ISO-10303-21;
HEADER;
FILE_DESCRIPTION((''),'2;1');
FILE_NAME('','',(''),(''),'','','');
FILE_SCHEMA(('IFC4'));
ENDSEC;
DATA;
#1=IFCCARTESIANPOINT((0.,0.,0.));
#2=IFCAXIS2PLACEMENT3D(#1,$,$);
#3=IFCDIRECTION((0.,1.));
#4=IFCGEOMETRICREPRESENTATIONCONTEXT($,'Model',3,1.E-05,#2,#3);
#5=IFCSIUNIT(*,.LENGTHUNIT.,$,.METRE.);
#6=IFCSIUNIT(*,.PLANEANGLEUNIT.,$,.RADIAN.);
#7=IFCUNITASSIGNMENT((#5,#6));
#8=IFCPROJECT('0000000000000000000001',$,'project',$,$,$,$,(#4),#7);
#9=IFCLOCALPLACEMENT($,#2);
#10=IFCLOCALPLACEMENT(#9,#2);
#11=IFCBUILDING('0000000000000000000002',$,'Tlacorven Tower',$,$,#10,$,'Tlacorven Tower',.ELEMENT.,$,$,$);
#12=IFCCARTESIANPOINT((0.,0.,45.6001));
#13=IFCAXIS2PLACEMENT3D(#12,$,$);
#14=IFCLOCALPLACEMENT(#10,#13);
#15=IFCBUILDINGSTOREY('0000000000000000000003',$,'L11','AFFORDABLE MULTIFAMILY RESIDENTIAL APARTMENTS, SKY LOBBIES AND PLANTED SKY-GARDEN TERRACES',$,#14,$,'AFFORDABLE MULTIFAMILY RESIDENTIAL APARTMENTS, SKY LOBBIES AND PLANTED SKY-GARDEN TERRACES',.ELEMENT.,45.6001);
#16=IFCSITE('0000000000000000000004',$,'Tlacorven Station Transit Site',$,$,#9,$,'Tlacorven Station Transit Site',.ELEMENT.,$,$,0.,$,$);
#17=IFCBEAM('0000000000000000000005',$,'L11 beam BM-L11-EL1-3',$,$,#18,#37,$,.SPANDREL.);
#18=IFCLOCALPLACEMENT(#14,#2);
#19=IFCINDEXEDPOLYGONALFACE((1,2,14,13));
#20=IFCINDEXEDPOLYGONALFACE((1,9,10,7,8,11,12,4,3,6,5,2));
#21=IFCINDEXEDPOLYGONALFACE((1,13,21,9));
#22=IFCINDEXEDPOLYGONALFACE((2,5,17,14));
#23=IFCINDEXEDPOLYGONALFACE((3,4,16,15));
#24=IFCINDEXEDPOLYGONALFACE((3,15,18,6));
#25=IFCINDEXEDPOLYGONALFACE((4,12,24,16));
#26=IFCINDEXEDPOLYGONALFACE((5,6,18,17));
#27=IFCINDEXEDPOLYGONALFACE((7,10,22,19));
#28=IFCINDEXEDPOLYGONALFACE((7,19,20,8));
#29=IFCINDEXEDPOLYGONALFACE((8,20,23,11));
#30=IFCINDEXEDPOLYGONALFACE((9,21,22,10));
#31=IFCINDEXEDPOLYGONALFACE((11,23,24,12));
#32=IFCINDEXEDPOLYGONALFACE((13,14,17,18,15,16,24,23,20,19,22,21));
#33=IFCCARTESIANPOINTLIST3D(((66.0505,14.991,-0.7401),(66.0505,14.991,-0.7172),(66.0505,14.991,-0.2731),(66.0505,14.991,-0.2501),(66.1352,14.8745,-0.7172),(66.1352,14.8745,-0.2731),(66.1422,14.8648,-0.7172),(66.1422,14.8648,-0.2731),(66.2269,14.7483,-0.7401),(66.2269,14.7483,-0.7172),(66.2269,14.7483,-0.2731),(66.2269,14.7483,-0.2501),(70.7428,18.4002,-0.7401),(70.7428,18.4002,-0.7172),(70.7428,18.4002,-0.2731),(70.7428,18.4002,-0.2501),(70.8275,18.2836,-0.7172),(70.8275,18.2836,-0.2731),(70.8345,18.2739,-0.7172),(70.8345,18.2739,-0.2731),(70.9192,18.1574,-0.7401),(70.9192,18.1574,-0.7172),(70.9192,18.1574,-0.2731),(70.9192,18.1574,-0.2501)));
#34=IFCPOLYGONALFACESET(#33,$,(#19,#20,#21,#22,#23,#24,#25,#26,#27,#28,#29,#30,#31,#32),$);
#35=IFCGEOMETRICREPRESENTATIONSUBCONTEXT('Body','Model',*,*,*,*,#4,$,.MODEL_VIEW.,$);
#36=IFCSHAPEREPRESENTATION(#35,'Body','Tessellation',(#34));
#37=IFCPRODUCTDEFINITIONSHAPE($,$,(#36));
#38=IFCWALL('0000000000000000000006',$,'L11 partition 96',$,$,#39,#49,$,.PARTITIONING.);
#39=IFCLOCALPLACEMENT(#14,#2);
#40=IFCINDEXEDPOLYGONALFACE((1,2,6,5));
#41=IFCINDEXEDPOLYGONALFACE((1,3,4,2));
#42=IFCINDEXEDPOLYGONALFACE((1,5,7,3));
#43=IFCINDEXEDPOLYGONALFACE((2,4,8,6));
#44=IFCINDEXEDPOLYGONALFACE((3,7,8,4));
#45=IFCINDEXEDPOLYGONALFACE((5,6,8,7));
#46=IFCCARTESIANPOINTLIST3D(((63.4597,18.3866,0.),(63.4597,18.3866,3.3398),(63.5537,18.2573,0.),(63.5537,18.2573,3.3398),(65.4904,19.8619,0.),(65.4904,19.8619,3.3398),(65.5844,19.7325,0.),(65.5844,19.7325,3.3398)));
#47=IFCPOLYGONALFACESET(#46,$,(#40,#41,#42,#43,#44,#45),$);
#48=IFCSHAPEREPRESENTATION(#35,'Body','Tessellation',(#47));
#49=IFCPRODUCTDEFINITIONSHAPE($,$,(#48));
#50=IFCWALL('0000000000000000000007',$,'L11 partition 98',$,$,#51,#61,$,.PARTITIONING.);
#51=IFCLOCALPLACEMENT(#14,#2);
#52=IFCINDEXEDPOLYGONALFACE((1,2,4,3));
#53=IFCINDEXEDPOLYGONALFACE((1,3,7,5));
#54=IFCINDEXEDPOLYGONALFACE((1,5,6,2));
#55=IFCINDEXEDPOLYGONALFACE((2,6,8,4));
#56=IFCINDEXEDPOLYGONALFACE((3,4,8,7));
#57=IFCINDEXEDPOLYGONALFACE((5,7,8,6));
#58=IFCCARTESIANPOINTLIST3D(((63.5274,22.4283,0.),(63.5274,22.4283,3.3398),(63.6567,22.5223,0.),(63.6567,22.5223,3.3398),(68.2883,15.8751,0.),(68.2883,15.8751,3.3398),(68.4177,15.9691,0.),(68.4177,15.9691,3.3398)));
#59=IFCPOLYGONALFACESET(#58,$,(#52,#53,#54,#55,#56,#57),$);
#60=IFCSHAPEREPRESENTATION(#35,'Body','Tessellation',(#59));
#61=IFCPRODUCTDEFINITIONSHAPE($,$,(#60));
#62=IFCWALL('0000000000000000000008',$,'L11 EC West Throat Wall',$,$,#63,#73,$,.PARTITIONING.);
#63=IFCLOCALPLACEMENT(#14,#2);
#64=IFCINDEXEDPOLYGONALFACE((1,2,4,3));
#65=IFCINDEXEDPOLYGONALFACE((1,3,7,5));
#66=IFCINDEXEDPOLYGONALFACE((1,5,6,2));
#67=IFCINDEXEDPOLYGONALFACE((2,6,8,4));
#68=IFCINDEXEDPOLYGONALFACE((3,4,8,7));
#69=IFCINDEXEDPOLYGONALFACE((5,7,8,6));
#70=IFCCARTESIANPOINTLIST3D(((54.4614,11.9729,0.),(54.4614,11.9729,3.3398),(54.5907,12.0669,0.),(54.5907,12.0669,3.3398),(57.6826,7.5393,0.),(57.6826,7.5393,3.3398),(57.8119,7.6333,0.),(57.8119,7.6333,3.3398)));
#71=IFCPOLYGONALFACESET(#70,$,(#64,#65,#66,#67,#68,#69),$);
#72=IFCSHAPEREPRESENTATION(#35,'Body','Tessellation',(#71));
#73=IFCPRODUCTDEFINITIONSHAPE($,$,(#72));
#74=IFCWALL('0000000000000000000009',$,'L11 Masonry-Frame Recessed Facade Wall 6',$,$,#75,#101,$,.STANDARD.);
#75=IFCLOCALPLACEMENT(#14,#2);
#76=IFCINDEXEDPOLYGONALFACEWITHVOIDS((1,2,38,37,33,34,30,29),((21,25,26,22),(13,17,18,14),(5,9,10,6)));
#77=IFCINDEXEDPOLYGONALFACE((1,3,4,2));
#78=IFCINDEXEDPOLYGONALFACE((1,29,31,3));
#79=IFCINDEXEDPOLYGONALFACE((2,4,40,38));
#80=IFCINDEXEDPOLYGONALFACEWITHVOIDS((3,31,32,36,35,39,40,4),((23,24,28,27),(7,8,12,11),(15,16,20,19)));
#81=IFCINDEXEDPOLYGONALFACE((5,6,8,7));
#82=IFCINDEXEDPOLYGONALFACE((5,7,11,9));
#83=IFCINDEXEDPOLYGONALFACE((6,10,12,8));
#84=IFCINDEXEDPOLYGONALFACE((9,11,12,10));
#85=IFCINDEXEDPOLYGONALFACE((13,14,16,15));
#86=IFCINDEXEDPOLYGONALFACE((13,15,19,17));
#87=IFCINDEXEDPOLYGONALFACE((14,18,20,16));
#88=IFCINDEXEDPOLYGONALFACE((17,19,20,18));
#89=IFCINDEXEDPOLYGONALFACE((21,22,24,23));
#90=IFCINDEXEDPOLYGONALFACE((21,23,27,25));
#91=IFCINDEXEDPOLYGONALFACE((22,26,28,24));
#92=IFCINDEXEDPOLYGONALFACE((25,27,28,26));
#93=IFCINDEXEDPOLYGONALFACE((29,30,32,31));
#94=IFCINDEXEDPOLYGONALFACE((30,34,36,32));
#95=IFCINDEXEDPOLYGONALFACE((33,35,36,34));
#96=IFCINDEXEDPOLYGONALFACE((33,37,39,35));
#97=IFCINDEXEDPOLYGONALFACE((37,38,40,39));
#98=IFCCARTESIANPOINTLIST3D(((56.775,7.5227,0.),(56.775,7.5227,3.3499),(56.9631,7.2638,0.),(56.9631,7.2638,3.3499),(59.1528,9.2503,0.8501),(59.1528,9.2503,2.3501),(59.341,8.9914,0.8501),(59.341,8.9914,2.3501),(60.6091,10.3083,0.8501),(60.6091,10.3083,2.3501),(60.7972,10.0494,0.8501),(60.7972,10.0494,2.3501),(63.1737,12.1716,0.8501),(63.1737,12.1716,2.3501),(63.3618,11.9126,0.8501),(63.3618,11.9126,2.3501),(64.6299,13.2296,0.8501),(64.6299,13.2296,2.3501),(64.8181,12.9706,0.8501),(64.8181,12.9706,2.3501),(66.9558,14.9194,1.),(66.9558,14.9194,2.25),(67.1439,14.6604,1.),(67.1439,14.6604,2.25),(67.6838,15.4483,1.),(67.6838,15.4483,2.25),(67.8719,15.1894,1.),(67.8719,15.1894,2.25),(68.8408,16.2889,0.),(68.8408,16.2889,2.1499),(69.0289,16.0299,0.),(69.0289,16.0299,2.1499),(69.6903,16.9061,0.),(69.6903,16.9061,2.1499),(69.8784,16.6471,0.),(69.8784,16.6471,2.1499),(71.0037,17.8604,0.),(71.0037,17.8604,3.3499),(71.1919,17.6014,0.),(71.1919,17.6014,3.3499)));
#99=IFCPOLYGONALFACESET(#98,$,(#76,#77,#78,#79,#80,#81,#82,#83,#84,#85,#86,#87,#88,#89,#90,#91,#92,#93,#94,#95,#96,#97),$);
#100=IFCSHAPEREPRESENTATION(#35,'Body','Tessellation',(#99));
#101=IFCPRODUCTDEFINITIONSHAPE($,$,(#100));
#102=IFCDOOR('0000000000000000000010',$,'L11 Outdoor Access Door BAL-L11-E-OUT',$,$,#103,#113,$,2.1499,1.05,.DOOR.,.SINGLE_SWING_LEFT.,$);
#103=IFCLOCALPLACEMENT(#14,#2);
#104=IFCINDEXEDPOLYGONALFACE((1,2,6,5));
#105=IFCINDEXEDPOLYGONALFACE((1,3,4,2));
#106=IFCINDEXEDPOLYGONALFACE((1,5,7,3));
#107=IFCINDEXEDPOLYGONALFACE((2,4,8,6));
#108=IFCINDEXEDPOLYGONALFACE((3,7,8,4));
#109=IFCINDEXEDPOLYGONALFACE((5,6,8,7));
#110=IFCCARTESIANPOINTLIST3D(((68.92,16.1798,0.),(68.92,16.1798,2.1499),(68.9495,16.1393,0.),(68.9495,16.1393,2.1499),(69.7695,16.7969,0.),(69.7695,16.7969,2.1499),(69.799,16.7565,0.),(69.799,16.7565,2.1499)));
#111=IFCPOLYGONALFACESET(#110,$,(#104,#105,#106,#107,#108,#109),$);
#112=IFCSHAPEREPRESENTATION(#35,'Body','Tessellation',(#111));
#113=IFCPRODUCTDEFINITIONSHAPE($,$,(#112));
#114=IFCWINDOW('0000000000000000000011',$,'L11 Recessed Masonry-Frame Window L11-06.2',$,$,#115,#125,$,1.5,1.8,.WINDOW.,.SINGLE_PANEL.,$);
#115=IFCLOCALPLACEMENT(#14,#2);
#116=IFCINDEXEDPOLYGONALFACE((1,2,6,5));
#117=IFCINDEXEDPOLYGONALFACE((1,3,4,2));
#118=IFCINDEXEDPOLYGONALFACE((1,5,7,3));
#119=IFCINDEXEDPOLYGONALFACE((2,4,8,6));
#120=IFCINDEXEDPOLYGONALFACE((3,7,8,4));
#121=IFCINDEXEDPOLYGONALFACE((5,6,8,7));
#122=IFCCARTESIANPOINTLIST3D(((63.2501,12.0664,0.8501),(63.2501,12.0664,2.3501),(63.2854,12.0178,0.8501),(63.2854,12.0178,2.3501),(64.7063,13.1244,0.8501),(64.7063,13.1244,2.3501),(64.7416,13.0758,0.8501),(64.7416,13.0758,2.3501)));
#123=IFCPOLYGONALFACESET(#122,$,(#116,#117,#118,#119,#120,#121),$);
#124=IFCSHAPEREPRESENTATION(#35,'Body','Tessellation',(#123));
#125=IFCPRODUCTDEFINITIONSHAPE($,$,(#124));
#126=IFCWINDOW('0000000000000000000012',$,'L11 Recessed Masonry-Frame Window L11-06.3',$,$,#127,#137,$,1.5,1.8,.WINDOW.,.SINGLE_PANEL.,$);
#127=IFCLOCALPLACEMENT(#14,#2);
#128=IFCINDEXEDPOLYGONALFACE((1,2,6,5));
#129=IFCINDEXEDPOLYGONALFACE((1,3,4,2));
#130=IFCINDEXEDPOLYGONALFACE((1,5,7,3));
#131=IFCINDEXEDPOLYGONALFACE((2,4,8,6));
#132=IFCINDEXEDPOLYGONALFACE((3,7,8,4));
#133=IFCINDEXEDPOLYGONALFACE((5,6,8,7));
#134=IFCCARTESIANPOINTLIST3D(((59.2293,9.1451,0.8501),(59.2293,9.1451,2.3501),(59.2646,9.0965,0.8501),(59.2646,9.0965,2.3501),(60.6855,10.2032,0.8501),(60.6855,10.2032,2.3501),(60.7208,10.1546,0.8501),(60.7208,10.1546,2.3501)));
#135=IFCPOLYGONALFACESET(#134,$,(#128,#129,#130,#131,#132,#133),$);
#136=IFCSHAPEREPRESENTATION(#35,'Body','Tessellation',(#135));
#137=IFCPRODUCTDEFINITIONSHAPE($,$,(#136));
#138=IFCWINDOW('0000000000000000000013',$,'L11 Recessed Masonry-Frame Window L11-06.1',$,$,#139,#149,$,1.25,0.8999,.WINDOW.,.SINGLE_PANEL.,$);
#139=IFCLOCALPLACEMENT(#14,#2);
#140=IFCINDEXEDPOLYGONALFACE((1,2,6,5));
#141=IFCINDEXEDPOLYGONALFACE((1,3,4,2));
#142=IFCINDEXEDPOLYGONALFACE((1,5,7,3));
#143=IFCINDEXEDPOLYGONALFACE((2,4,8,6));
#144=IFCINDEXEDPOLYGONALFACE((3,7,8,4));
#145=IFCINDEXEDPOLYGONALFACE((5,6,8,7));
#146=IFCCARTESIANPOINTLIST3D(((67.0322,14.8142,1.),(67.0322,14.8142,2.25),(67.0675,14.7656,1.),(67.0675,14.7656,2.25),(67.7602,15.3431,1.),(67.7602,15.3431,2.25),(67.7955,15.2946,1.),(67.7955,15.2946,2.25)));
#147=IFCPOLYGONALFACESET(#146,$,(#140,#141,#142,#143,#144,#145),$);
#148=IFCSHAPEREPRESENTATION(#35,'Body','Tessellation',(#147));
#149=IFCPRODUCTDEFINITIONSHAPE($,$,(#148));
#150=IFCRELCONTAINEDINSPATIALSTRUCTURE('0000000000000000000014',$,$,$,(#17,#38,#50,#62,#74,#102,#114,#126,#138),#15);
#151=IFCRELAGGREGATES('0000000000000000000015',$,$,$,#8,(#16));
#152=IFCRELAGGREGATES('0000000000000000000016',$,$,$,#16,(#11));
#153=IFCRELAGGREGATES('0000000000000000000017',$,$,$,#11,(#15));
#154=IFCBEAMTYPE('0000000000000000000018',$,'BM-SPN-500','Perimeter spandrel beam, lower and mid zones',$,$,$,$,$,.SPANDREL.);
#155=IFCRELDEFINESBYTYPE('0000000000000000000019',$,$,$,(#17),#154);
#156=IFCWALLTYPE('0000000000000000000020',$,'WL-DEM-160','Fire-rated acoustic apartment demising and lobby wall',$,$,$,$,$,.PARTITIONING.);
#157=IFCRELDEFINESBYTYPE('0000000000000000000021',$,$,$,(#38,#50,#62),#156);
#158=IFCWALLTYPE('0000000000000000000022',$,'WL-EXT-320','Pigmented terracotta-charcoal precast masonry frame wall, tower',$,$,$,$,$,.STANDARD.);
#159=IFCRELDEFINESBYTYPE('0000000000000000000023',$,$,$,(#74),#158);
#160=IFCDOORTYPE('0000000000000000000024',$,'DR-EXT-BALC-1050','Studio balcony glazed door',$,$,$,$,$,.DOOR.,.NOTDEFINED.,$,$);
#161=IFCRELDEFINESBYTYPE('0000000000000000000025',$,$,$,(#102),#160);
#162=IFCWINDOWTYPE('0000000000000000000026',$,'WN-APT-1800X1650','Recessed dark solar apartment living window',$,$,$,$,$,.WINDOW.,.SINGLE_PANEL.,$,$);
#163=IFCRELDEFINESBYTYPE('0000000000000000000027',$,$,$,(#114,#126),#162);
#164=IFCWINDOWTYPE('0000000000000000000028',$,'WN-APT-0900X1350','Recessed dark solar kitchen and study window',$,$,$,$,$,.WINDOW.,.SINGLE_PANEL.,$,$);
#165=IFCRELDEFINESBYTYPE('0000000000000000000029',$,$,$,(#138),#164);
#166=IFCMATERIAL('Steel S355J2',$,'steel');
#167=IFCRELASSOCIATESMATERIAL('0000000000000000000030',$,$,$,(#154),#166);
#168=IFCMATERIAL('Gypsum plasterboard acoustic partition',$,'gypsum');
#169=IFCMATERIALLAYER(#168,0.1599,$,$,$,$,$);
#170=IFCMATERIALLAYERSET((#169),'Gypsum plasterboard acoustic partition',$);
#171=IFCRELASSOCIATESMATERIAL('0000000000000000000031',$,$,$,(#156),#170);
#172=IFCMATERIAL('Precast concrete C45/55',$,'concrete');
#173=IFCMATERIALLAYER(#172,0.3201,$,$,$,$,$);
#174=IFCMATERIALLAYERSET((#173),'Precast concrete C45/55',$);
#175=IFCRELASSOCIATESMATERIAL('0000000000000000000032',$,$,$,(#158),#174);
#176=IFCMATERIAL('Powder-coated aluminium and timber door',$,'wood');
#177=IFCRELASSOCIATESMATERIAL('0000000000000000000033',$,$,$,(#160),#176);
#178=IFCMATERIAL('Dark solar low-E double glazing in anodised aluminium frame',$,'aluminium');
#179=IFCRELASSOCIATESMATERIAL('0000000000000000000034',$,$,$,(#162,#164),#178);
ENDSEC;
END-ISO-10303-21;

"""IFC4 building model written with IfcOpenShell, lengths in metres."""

from ifc_helpers import new_model, si_unit, direction, frame, frame_2d, origin, origin_2d, place, context, subcontext, project, spatial, rectangle, i_section, extrude, source, transform, mapped, material, layer, layer_set, material_profile, profile_set, type_object, element, fill, save


model = new_model("IFC4")

# Units and contexts
model_context = context("Model", 3, precision=1e-05, world=origin(), true_north=direction((0.0, 1.0)))
body_context = subcontext(model_context, "Body", "Model", "MODEL_VIEW")
ifc_project = project(units=[si_unit("LENGTHUNIT", "METRE"), si_unit("PLANEANGLEUNIT", "RADIAN")], contexts=[model_context])

# Site, building, storey
site_placement = place(None, origin())
site = spatial("IfcSite", under=ifc_project, at=site_placement, Name="Tlacorven Station Transit Site", LongName="Tlacorven Station Transit Site", CompositionType="ELEMENT", RefElevation=0.0)
building_placement = place(site_placement, origin())
building = spatial("IfcBuilding", under=site, at=building_placement, Name="Tlacorven Tower", LongName="Tlacorven Tower", CompositionType="ELEMENT")
storey_placement = place(building_placement, frame((0.0, 0.0, 45.6001)))
storey = spatial("IfcBuildingStorey", under=building, at=storey_placement, Name="L11", Description="AFFORDABLE MULTIFAMILY RESIDENTIAL APARTMENTS, SKY LOBBIES AND PLANTED SKY-GARDEN TERRACES", LongName="AFFORDABLE MULTIFAMILY RESIDENTIAL APARTMENTS, SKY LOBBIES AND PLANTED SKY-GARDEN TERRACES", CompositionType="ELEMENT", Elevation=45.6001)

# Beam
ifc_material_1 = material(Name="Steel S355J2", Category="steel")
ifc_material_profile_1 = material_profile(ifc_material_1, i_section(OverallWidth=0.3, OverallDepth=0.49, WebThickness=0.012, FlangeThickness=0.0229, at=origin_2d()), Name="HEA 500")
ifc_profile_set_1 = profile_set([ifc_material_profile_1], Name="Steel S355J2")
beam_type_1 = type_object("IfcBeamType", Name="BM-SPN-500", Description="Perimeter spandrel beam, lower and mid zones", PredefinedType="SPANDREL", material=ifc_profile_set_1)
shared_shape_1 = source(origin(), body_context, "Body", "SweptSolid", [
    extrude(i_section(OverallWidth=0.3, OverallDepth=0.49, WebThickness=0.012, FlangeThickness=0.0229, at=origin_2d()), origin(), (0.0, 0.0, 1.0), 5.8),
])
beam_1_placement = place(storey_placement, frame((66.1387, 14.8696, -0.4951), z_axis=(0.80902, 0.587781, 0.0), x_axis=(-0.587781, 0.80902, 0.0)))
element("IfcBeam", 1, at=beam_1_placement, inside=storey, type_object=beam_type_1, Name="L11 beam BM-L11-EL1-3", PredefinedType="SPANDREL", context=body_context, shape_type="MappedRepresentation", body=[
    mapped(shared_shape_1, transform((0.0, 0.0, 0.0), scale=1.0)),
])

# Walls
ifc_material_2 = material(Name="Gypsum plasterboard acoustic partition", Category="gypsum")
ifc_layer_1 = layer(ifc_material_2, 0.1599)
ifc_layer_set_1 = layer_set([ifc_layer_1], Name="Gypsum plasterboard acoustic partition")
wall_type_1 = type_object("IfcWallType", Name="WL-DEM-160", Description="Fire-rated acoustic apartment demising and lobby wall", PredefinedType="PARTITIONING", material=ifc_layer_set_1)
wall_1_placement = place(storey_placement, frame((63.5068, 18.322, 0.0), z_axis=(0.0, 0.0, 1.0), x_axis=(0.809035, 0.587761, 0.0)))
element("IfcWall", 2, at=wall_1_placement, inside=storey, type_object=wall_type_1, Name="L11 partition 96", PredefinedType="PARTITIONING", context=body_context, shape_type="SweptSolid", body=[
    extrude(rectangle(XDim=2.51, YDim=0.1599, at=frame_2d((1.2549, 0.0))), origin(), (0.0, 0.0, 1.0), 3.3398),
])
wall_2_placement = place(storey_placement, frame((68.353, 15.9221, 0.0), z_axis=(0.0, 0.0, 1.0), x_axis=(-0.587768, 0.809029, 0.0)))
element("IfcWall", 3, at=wall_2_placement, inside=storey, type_object=wall_type_1, Name="L11 partition 98", PredefinedType="PARTITIONING", context=body_context, shape_type="SweptSolid", body=[
    extrude(rectangle(XDim=8.1001, YDim=0.1599, at=frame_2d((4.05, 0.0))), origin(), (0.0, 0.0, 1.0), 3.3398),
])
wall_3_placement = place(storey_placement, frame((57.7473, 7.5862, 0.0), z_axis=(0.0, 0.0, 1.0), x_axis=(-0.587785, 0.809017, 0.0)))
element("IfcWall", 4, at=wall_3_placement, inside=storey, type_object=wall_type_1, Name="L11 EC West Throat Wall", PredefinedType="PARTITIONING", context=body_context, shape_type="SweptSolid", body=[
    extrude(rectangle(XDim=5.4802, YDim=0.1599, at=frame_2d((2.7402, 0.0))), origin(), (0.0, 0.0, 1.0), 3.3398),
])

# Wall, openings, door, windows
ifc_material_3 = material(Name="Precast concrete C45/55", Category="concrete")
ifc_layer_2 = layer(ifc_material_3, 0.3201)
ifc_layer_set_2 = layer_set([ifc_layer_2], Name="Precast concrete C45/55")
wall_type_2 = type_object("IfcWallType", Name="WL-EXT-320", Description="Pigmented terracotta-charcoal precast masonry frame wall, tower", PredefinedType="STANDARD", material=ifc_layer_set_2)
wall_4_placement = place(storey_placement, frame((71.0979, 17.731, 0.0), z_axis=(0.0, 0.0, 1.0), x_axis=(-0.809021, -0.58778, 0.0)))
wall_4 = element("IfcWall", 5, at=wall_4_placement, inside=storey, type_object=wall_type_2, Name="L11 Masonry-Frame Recessed Facade Wall 6", PredefinedType="STANDARD", context=body_context, shape_type="SweptSolid", body=[
    extrude(rectangle(XDim=17.5876, YDim=0.3201, at=frame_2d((8.7939, 0.0))), origin(), (0.0, 0.0, 1.0), 3.3499),
])
opening_1_placement = place(wall_4_placement, frame((1.6238, 0.0, 0.0)))
opening_1 = element("IfcOpeningElement", 6, at=opening_1_placement, cuts=wall_4, PredefinedType="OPENING", context=body_context, shape_type="SweptSolid", body=[
    extrude(rectangle(XDim=1.05, YDim=2.1499, at=frame_2d((0.5249, 1.075))), frame((0.0, 0.1699, 0.0), z_axis=(0.0, -1.0, 0.0), x_axis=(1.0, 0.0, 0.0)), (0.0, 0.0, 1.0), 0.3401),
])
opening_2_placement = place(wall_4_placement, frame((4.1038, 0.0, 1.0)))
opening_2 = element("IfcOpeningElement", 7, at=opening_2_placement, cuts=wall_4, PredefinedType="OPENING", context=body_context, shape_type="SweptSolid", body=[
    extrude(rectangle(XDim=0.8999, YDim=1.25, at=frame_2d((0.45, 0.625))), frame((0.0, 0.1699, 0.0), z_axis=(0.0, -1.0, 0.0), x_axis=(1.0, 0.0, 0.0)), (0.0, 0.0, 1.0), 0.3401),
])
opening_3_placement = place(wall_4_placement, frame((7.8787, 0.0, 0.8501)))
opening_3 = element("IfcOpeningElement", 8, at=opening_3_placement, cuts=wall_4, PredefinedType="OPENING", context=body_context, shape_type="SweptSolid", body=[
    extrude(rectangle(XDim=1.8, YDim=1.5, at=frame_2d((0.8999, 0.75))), frame((0.0, 0.1699, 0.0), z_axis=(0.0, -1.0, 0.0), x_axis=(1.0, 0.0, 0.0)), (0.0, 0.0, 1.0), 0.3401),
])
opening_4_placement = place(wall_4_placement, frame((12.8486, 0.0, 0.8501)))
opening_4 = element("IfcOpeningElement", 9, at=opening_4_placement, cuts=wall_4, PredefinedType="OPENING", context=body_context, shape_type="SweptSolid", body=[
    extrude(rectangle(XDim=1.8, YDim=1.5, at=frame_2d((0.8999, 0.75))), frame((0.0, 0.1699, 0.0), z_axis=(0.0, -1.0, 0.0), x_axis=(1.0, 0.0, 0.0)), (0.0, 0.0, 1.0), 0.3401),
])
ifc_material_4 = material(Name="Powder-coated aluminium and timber door", Category="wood")
door_type_1 = type_object("IfcDoorType", Name="DR-EXT-BALC-1050", Description="Studio balcony glazed door", OperationType="NOTDEFINED", PredefinedType="DOOR", material=ifc_material_4)
shared_shape_2 = source(origin(), body_context, "Body", "SweptSolid", [
    extrude(rectangle(XDim=1.05, YDim=2.1499, at=frame_2d((0.5249, 1.075))), frame((0.0, 0.0249, 0.0), z_axis=(0.0, -1.0, 0.0), x_axis=(1.0, 0.0, 0.0)), (0.0, 0.0, 1.0), 0.05),
])
door_1_placement = place(opening_1_placement, origin())
door_1 = element("IfcDoor", 10, at=door_1_placement, inside=storey, type_object=door_type_1, Name="L11 Outdoor Access Door BAL-L11-E-OUT", OperationType="SINGLE_SWING_LEFT", OverallHeight=2.1499, OverallWidth=1.05, PredefinedType="DOOR", context=body_context, shape_type="MappedRepresentation", body=[
    mapped(shared_shape_2, transform((0.0, 0.0, 0.0), scale=1.0)),
])
fill(opening_1, door_1)
ifc_material_5 = material(Name="Dark solar low-E double glazing in anodised aluminium frame", Category="aluminium")
window_type_1 = type_object("IfcWindowType", Name="WN-APT-1800X1650", Description="Recessed dark solar apartment living window", PartitioningType="SINGLE_PANEL", PredefinedType="WINDOW", material=ifc_material_5)
shared_shape_3 = source(origin(), body_context, "Body", "SweptSolid", [
    extrude(rectangle(XDim=1.8, YDim=1.5, at=frame_2d((0.8999, 0.75))), frame((0.0, 0.03, 0.0), z_axis=(0.0, -1.0, 0.0), x_axis=(1.0, 0.0, 0.0)), (0.0, 0.0, 1.0), 0.0601),
])
window_1_placement = place(opening_3_placement, origin())
window_1 = element("IfcWindow", 11, at=window_1_placement, inside=storey, type_object=window_type_1, Name="L11 Recessed Masonry-Frame Window L11-06.2", OverallHeight=1.5, OverallWidth=1.8, PartitioningType="SINGLE_PANEL", PredefinedType="WINDOW", context=body_context, shape_type="MappedRepresentation", body=[
    mapped(shared_shape_3, transform((0.0, 0.0, 0.0), scale=1.0)),
])
fill(opening_3, window_1)
window_2_placement = place(opening_4_placement, origin())
window_2 = element("IfcWindow", 12, at=window_2_placement, inside=storey, type_object=window_type_1, Name="L11 Recessed Masonry-Frame Window L11-06.3", OverallHeight=1.5, OverallWidth=1.8, PartitioningType="SINGLE_PANEL", PredefinedType="WINDOW", context=body_context, shape_type="MappedRepresentation", body=[
    mapped(shared_shape_3, transform((0.0, 0.0, 0.0), scale=1.0)),
])
fill(opening_4, window_2)
window_type_2 = type_object("IfcWindowType", Name="WN-APT-0900X1350", Description="Recessed dark solar kitchen and study window", PartitioningType="SINGLE_PANEL", PredefinedType="WINDOW", material=ifc_material_5)
shared_shape_4 = source(origin(), body_context, "Body", "SweptSolid", [
    extrude(rectangle(XDim=0.8999, YDim=1.25, at=frame_2d((0.45, 0.625))), frame((0.0, 0.03, 0.0), z_axis=(0.0, -1.0, 0.0), x_axis=(1.0, 0.0, 0.0)), (0.0, 0.0, 1.0), 0.0601),
])
window_3_placement = place(opening_2_placement, origin())
window_3 = element("IfcWindow", 13, at=window_3_placement, inside=storey, type_object=window_type_2, Name="L11 Recessed Masonry-Frame Window L11-06.1", OverallHeight=1.25, OverallWidth=0.8999, PartitioningType="SINGLE_PANEL", PredefinedType="WINDOW", context=body_context, shape_type="MappedRepresentation", body=[
    mapped(shared_shape_4, transform((0.0, 0.0, 0.0), scale=1.0)),
])
fill(opening_2, window_3)

save(model, "model.ifc")
